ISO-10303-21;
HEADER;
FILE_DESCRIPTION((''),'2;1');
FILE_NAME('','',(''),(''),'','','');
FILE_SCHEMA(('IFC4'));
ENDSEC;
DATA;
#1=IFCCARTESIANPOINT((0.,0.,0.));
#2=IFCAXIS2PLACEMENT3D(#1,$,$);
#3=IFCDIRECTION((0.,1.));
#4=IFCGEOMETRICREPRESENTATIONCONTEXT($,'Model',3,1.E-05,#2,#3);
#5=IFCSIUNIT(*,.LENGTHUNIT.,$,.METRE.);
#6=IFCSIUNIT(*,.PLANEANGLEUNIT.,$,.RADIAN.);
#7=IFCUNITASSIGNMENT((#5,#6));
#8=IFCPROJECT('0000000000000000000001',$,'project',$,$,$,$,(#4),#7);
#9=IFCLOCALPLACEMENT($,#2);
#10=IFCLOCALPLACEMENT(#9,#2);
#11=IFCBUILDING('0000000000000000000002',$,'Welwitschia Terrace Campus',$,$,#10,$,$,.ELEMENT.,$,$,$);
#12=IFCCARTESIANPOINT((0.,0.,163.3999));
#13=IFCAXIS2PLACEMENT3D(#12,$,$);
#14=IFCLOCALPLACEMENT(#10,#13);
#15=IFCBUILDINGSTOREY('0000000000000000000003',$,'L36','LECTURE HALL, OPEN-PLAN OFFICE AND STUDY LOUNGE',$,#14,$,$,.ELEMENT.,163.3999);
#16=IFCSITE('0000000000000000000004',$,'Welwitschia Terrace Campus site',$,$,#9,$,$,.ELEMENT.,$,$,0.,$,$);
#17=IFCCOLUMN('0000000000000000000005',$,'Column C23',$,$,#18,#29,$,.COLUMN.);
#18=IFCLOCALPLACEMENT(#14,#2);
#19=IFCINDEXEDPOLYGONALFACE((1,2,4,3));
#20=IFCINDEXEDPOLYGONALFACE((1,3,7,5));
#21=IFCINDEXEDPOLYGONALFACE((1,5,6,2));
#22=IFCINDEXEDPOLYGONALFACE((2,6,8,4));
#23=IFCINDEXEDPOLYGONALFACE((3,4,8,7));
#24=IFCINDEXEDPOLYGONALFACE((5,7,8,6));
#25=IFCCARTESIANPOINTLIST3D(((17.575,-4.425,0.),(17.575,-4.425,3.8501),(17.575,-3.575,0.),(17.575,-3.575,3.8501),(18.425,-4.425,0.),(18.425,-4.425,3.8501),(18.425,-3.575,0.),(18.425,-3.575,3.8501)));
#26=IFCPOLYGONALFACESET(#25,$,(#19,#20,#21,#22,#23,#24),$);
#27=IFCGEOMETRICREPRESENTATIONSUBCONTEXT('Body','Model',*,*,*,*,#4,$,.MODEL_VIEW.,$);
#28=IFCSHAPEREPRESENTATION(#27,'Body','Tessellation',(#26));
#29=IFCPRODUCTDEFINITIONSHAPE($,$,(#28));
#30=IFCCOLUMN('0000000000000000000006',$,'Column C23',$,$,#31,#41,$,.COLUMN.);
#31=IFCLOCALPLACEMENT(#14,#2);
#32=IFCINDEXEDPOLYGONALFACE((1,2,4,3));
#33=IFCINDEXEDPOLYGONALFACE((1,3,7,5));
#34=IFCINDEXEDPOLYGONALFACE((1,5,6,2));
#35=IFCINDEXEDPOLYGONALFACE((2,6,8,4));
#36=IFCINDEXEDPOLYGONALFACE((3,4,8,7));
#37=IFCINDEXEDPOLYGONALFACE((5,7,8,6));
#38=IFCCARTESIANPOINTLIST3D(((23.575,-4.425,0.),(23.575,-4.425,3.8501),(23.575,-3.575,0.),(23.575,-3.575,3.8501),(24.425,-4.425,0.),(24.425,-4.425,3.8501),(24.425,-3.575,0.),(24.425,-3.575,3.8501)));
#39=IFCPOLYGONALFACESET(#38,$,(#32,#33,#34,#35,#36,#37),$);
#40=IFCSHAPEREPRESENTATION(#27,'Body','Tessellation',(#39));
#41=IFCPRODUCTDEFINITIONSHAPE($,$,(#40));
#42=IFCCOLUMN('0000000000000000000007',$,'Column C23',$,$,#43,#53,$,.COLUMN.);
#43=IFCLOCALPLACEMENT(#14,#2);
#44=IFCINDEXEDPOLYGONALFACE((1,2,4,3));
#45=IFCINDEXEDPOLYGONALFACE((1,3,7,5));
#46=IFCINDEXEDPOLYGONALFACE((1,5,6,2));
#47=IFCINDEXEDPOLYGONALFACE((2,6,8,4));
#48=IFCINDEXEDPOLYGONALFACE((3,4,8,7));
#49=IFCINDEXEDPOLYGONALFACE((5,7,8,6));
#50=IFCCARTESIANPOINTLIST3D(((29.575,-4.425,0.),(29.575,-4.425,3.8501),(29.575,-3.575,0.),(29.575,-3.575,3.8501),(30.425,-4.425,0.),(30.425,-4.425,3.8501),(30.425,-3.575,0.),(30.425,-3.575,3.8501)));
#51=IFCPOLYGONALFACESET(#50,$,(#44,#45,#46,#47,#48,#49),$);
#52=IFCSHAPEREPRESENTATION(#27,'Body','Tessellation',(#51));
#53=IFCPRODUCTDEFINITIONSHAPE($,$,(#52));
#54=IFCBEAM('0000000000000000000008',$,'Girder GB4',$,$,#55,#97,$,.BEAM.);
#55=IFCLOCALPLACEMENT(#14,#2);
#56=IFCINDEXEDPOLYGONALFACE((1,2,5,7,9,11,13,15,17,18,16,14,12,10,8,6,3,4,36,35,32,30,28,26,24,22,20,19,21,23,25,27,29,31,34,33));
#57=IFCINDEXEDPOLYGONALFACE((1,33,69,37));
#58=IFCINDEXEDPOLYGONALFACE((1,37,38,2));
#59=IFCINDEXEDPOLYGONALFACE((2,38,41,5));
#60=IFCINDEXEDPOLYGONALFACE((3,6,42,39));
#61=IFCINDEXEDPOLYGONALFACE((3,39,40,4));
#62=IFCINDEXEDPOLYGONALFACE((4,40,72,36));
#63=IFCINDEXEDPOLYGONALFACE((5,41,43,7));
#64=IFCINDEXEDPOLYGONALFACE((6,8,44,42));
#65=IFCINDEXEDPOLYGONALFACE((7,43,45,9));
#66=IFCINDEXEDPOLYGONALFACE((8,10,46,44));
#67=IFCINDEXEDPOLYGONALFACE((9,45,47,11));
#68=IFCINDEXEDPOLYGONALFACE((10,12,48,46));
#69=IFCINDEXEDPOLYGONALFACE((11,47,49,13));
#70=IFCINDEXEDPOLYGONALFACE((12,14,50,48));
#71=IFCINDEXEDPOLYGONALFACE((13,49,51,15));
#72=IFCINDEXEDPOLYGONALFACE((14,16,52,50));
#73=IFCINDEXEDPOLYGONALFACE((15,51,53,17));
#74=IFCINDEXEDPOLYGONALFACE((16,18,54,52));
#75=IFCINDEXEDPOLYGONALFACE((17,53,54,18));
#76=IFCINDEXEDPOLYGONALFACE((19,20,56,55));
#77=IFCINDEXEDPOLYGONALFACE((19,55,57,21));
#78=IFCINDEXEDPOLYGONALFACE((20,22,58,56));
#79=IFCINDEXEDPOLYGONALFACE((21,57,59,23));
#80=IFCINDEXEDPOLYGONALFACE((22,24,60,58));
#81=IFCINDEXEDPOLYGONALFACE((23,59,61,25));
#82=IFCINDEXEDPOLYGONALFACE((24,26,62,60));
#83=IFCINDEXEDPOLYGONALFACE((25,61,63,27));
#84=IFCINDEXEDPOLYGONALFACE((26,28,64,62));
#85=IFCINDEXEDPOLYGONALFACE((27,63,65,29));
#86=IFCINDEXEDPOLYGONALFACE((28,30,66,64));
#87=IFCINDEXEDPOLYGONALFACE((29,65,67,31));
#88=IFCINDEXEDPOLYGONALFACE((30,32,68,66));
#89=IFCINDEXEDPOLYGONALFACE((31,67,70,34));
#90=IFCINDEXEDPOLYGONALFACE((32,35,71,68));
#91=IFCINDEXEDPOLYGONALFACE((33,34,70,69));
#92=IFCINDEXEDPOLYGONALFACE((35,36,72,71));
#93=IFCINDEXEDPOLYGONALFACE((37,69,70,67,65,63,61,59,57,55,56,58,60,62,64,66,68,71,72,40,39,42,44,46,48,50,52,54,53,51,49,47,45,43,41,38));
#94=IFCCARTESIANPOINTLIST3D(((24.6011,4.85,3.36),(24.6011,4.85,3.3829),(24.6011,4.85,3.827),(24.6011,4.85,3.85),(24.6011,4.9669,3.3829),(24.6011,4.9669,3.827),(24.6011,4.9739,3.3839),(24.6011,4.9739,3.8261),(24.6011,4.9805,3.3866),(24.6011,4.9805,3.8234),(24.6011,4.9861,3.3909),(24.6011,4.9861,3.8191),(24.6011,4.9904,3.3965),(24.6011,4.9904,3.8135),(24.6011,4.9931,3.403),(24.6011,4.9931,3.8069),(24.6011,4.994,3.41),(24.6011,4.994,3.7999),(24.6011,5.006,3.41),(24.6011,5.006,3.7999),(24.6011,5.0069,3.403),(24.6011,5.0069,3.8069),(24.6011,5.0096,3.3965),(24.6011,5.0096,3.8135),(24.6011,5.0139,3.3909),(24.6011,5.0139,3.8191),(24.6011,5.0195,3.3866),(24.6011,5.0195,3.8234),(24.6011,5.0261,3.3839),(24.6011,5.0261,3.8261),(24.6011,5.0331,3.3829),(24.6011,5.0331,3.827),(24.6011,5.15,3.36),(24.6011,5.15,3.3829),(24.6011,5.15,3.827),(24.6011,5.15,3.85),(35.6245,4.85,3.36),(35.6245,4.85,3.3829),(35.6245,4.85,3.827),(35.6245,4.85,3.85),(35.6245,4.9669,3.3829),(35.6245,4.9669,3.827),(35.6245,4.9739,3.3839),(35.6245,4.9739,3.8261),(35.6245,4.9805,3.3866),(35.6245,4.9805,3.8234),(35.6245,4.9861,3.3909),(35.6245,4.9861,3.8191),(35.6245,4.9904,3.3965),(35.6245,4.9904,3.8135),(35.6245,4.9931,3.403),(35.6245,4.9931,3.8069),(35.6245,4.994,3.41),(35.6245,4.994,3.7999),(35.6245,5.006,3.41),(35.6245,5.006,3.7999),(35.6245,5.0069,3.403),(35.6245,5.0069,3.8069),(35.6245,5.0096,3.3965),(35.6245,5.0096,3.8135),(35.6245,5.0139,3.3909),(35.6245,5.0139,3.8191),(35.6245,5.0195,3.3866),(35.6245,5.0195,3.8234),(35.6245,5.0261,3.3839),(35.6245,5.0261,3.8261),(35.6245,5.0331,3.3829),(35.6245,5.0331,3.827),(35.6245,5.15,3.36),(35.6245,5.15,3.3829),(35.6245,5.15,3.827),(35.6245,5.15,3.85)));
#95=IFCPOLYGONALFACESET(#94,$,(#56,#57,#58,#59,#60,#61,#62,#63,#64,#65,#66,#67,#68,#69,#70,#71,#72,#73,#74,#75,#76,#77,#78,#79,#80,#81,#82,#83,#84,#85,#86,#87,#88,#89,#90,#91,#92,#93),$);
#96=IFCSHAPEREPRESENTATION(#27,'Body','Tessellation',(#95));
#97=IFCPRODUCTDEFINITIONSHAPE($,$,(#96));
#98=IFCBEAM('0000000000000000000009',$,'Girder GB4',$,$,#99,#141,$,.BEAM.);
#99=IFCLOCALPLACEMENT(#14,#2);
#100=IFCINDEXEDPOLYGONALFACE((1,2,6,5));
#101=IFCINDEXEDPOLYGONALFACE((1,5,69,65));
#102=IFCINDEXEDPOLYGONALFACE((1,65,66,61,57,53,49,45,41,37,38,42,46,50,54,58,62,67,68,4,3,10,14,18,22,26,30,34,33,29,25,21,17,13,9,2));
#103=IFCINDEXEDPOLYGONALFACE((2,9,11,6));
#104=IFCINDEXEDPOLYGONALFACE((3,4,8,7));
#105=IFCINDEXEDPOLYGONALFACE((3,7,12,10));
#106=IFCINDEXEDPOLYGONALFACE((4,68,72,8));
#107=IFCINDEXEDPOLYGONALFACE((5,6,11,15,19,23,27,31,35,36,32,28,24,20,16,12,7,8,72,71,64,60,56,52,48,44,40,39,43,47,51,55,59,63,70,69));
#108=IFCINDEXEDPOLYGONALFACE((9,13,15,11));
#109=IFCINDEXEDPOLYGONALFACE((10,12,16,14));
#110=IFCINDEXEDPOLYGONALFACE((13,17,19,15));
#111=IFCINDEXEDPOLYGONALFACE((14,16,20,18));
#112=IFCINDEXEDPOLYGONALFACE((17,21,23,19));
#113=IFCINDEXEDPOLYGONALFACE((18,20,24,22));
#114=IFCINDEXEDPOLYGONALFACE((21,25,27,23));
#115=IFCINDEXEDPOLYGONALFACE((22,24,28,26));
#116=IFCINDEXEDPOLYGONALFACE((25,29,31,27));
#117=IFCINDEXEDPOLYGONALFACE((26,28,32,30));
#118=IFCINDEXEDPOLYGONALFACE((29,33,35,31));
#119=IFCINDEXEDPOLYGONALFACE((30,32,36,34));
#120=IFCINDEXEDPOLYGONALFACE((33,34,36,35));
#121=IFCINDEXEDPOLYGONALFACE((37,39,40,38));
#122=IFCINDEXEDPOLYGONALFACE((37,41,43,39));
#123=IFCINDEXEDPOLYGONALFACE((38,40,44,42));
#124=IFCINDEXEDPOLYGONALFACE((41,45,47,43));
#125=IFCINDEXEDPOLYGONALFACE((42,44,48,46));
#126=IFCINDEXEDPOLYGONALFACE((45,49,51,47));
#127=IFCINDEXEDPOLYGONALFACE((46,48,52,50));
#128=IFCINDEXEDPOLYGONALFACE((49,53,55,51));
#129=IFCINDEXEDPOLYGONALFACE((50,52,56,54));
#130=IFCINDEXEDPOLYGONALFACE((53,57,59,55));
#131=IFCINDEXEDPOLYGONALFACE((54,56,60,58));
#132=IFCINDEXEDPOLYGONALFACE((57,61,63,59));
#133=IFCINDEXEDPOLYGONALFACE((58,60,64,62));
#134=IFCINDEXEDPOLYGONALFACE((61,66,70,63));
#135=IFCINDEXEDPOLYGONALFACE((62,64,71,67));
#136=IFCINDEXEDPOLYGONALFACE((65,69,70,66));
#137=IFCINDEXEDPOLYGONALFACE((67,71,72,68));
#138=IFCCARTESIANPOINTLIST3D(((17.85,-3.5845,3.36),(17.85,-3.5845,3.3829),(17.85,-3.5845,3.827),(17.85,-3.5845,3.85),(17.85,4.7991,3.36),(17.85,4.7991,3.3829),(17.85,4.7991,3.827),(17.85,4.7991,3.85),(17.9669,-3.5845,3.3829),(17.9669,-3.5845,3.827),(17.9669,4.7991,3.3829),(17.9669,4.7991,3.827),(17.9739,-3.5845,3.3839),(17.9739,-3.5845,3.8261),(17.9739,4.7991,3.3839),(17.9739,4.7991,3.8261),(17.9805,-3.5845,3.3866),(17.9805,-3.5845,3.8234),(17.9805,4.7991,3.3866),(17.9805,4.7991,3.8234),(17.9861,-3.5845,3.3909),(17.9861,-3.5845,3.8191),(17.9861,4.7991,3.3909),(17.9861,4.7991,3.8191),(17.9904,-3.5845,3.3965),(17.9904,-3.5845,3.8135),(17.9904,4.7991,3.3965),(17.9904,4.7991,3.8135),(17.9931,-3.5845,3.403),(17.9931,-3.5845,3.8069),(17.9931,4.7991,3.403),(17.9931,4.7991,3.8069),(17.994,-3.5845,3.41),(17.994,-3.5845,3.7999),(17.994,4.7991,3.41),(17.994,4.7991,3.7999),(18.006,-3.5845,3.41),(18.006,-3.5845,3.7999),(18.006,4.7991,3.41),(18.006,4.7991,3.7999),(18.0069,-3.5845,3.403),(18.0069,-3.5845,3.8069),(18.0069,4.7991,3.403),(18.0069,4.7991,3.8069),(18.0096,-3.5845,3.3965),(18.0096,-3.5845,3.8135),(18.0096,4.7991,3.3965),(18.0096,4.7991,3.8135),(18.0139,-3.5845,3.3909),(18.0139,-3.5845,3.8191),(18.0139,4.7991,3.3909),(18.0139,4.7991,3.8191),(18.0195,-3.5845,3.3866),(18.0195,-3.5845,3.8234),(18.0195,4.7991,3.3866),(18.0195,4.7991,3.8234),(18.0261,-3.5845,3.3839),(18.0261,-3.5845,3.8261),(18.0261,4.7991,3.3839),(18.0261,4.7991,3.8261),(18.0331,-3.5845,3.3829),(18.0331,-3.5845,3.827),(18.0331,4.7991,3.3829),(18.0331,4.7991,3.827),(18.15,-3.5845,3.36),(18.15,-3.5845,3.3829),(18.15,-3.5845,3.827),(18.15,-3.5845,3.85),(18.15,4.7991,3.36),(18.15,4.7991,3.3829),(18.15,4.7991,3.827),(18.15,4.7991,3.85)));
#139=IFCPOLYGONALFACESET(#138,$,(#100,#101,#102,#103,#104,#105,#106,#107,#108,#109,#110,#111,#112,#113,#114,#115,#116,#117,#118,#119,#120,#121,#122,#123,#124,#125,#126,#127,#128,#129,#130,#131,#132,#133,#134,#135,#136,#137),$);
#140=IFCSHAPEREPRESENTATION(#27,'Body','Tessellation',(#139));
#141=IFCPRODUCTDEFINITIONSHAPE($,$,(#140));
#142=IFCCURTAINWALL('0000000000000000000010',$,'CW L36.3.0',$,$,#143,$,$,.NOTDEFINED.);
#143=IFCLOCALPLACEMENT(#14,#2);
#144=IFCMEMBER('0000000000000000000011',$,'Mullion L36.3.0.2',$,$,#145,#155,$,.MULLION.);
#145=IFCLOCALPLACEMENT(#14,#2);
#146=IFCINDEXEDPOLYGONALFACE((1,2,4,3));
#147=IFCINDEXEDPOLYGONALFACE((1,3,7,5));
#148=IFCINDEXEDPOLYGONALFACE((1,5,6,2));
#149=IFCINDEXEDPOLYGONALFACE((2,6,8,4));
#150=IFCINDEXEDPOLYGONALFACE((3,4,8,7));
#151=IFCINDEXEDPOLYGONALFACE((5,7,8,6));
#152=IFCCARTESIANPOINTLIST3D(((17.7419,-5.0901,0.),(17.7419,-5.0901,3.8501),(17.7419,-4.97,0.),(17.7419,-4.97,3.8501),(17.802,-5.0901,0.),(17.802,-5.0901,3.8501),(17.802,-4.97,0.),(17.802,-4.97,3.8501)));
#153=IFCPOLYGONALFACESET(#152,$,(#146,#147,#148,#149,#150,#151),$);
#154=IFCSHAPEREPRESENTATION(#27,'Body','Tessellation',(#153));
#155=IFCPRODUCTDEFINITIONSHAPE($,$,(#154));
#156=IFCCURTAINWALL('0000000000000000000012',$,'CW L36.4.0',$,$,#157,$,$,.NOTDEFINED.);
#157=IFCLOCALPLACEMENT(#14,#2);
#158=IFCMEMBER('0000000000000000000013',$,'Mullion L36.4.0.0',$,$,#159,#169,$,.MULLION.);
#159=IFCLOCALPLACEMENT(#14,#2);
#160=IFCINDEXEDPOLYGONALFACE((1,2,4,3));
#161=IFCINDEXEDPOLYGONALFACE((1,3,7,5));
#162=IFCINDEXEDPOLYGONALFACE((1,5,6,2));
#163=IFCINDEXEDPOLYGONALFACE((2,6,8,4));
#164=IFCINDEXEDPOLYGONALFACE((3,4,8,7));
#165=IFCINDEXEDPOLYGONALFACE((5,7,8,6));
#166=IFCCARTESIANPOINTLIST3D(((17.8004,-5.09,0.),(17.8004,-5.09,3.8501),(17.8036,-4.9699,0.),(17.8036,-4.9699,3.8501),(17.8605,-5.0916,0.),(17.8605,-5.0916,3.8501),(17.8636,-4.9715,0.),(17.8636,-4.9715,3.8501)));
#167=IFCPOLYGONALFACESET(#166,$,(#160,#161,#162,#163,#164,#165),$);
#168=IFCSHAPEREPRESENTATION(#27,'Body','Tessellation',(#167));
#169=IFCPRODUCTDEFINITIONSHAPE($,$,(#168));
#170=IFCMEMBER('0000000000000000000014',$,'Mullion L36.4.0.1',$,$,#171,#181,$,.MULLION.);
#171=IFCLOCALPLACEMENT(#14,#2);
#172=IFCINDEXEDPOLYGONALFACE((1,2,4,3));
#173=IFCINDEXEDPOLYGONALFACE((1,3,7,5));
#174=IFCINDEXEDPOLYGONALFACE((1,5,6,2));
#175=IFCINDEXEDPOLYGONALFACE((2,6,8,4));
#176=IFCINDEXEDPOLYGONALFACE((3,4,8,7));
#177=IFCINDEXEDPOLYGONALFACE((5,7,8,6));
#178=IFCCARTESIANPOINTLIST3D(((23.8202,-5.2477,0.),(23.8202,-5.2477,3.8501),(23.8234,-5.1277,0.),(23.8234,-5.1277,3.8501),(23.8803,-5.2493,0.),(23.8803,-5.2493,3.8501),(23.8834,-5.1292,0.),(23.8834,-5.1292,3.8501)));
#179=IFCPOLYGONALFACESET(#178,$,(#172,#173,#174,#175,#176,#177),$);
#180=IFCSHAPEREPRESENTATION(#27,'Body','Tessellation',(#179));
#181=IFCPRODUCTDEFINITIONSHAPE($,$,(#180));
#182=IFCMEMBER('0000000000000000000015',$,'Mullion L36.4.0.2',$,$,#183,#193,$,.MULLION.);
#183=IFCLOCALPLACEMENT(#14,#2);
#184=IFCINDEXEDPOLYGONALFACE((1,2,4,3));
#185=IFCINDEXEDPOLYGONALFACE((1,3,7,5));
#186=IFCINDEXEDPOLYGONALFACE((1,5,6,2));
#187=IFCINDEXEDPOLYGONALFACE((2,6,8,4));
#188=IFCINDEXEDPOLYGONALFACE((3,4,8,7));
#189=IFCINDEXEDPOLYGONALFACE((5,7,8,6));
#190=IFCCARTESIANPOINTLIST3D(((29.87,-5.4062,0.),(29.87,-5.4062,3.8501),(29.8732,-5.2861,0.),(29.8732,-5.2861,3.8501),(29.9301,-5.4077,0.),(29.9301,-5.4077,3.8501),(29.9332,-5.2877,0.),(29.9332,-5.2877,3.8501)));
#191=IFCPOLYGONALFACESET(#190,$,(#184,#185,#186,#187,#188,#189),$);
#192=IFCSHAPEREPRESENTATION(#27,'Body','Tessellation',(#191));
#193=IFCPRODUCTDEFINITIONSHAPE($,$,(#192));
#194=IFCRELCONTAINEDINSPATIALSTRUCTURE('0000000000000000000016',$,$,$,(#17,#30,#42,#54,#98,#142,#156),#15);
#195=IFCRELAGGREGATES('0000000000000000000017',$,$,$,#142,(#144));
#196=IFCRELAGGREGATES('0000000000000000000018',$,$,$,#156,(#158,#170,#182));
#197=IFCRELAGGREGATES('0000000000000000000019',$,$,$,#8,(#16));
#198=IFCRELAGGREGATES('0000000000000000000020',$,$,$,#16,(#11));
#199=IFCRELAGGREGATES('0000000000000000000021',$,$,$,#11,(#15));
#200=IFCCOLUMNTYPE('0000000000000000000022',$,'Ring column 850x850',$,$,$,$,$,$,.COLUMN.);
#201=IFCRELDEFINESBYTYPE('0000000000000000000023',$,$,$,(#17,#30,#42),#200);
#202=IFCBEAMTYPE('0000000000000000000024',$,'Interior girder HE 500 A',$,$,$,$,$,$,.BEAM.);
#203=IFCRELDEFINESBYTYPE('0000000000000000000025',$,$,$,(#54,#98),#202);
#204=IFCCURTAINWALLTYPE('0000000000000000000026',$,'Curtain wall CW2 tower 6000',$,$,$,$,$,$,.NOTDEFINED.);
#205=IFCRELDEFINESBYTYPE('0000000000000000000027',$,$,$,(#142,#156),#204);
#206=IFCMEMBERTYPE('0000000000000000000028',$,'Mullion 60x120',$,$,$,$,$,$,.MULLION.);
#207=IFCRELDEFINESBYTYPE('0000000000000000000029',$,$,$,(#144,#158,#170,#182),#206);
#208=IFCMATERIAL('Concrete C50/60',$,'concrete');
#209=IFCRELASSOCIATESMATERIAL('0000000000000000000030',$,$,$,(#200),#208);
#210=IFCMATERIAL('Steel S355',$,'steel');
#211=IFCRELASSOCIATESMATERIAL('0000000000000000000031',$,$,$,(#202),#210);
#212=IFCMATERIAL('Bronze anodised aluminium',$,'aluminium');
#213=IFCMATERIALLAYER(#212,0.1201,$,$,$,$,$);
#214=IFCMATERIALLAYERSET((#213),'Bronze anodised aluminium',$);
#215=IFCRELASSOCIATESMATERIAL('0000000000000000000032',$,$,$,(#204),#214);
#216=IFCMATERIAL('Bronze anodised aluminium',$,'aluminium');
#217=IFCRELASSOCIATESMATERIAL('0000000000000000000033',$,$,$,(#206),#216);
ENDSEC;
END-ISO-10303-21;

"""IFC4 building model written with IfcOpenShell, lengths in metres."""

from ifc_helpers import new_model, si_unit, direction, frame, origin, origin_2d, place, context, subcontext, project, spatial, rectangle, i_section, extrude, material, layer, layer_set, material_profile, profile_set, type_object, element, aggregate, save


model = new_model("IFC4")

# Units and contexts
model_context = context("Model", 3, precision=1e-05, world=origin(), true_north=direction((0.0, 1.0)))
body_context = subcontext(model_context, "Body", "Model", "MODEL_VIEW")
ifc_project = project(units=[si_unit("LENGTHUNIT", "METRE"), si_unit("PLANEANGLEUNIT", "RADIAN")], contexts=[model_context])

# Site, building, storey
site_placement = place(None, origin())
site = spatial("IfcSite", under=ifc_project, at=site_placement, Name="Welwitschia Terrace Campus site", CompositionType="ELEMENT", RefElevation=0.0)
building_placement = place(site_placement, origin())
building = spatial("IfcBuilding", under=site, at=building_placement, Name="Welwitschia Terrace Campus", CompositionType="ELEMENT")
storey_placement = place(building_placement, frame((0.0, 0.0, 163.3999)))
storey = spatial("IfcBuildingStorey", under=building, at=storey_placement, Name="L36", Description="LECTURE HALL, OPEN-PLAN OFFICE AND STUDY LOUNGE", CompositionType="ELEMENT", Elevation=163.3999)

# Columns
ifc_material_1 = material(Name="Concrete C50/60", Category="concrete")
ifc_material_profile_1 = material_profile(ifc_material_1, rectangle(XDim=0.8501, YDim=0.8501, at=origin_2d()))
ifc_profile_set_1 = profile_set([ifc_material_profile_1], Name="Concrete C50/60")
column_type = type_object("IfcColumnType", Name="Ring column 850x850", PredefinedType="COLUMN", material=ifc_profile_set_1)
for number, where, z_axis, x_axis, name in (
    (1, (18.0, -4.0, 0.0), (0.0, 0.0, 1.0), (1.0, 0.0, 0.0), "Column C23"),
    (2, (24.0, -4.0, 0.0), (0.0, 0.0, 1.0), (1.0, 0.0, 0.0), "Column C23"),
    (3, (30.0, -4.0, 0.0), (0.0, 0.0, 1.0), (1.0, 0.0, 0.0), "Column C23"),
):
    element("IfcColumn", number, at=place(storey_placement, frame(where, z_axis=z_axis, x_axis=x_axis)), inside=storey, type_object=column_type, Name=name, PredefinedType="COLUMN", context=body_context, shape_type="SweptSolid", body=[
        extrude(rectangle(XDim=0.8501, YDim=0.8501, at=origin_2d()), origin(), (0.0, 0.0, 1.0), 3.8501),
    ])

# Beams
ifc_material_2 = material(Name="Steel S355", Category="steel")
ifc_material_profile_2 = material_profile(ifc_material_2, i_section(OverallWidth=0.3, OverallDepth=0.49, WebThickness=0.012, FlangeThickness=0.0229, FilletRadius=0.0271, at=origin_2d()))
ifc_profile_set_2 = profile_set([ifc_material_profile_2], Name="Steel S355")
beam_type_1 = type_object("IfcBeamType", Name="Interior girder HE 500 A", PredefinedType="BEAM", material=ifc_profile_set_2)
beam_1_placement = place(storey_placement, frame((24.6011, 5.0, 3.605), z_axis=(1.0, 0.0, 0.0), x_axis=(0.0, 1.0, 0.0)))
element("IfcBeam", 4, at=beam_1_placement, inside=storey, type_object=beam_type_1, Name="Girder GB4", PredefinedType="BEAM", context=body_context, shape_type="SweptSolid", body=[
    extrude(i_section(OverallWidth=0.3, OverallDepth=0.49, WebThickness=0.012, FlangeThickness=0.0229, FilletRadius=0.0271, at=origin_2d()), origin(), (0.0, 0.0, 1.0), 11.0234),
])
beam_2_placement = place(storey_placement, frame((18.0, -3.5845, 3.605), z_axis=(0.0, 1.0, 0.0), x_axis=(-1.0, 0.0, 0.0)))
element("IfcBeam", 5, at=beam_2_placement, inside=storey, type_object=beam_type_1, Name="Girder GB4", PredefinedType="BEAM", context=body_context, shape_type="SweptSolid", body=[
    extrude(i_section(OverallWidth=0.3, OverallDepth=0.49, WebThickness=0.012, FlangeThickness=0.0229, FilletRadius=0.0271, at=origin_2d()), origin(), (0.0, 0.0, 1.0), 8.3835),
])

# Curtain wall, member
ifc_material_3 = material(Name="Bronze anodised aluminium", Category="aluminium")
ifc_layer_1 = layer(ifc_material_3, 0.1201)
ifc_layer_set_1 = layer_set([ifc_layer_1], Name="Bronze anodised aluminium")
curtain_wall_type = type_object("IfcCurtainWallType", Name="Curtain wall CW2 tower 6000", PredefinedType="NOTDEFINED", material=ifc_layer_set_1)
curtain_wall_1_placement = place(storey_placement, origin())
curtain_wall_1 = element("IfcCurtainWall", 6, at=curtain_wall_1_placement, inside=storey, type_object=curtain_wall_type, Name="CW L36.3.0", PredefinedType="NOTDEFINED")
ifc_material_4 = material(Name="Bronze anodised aluminium", Category="aluminium")
ifc_material_profile_3 = material_profile(ifc_material_4, rectangle(XDim=0.1201, YDim=0.0601, at=origin_2d()))
ifc_profile_set_3 = profile_set([ifc_material_profile_3], Name="Bronze anodised aluminium")
member_type_1 = type_object("IfcMemberType", Name="Mullion 60x120", PredefinedType="MULLION", material=ifc_profile_set_3)
member_1_placement = place(storey_placement, frame((17.772, -5.03, 0.0), z_axis=(0.0, 0.0, 1.0), x_axis=(0.0, 1.0, 0.0)))
member_1 = element("IfcMember", 7, at=member_1_placement, type_object=member_type_1, Name="Mullion L36.3.0.2", PredefinedType="MULLION", context=body_context, shape_type="SweptSolid", body=[
    extrude(rectangle(XDim=0.1201, YDim=0.0601, at=origin_2d()), origin(), (0.0, 0.0, 1.0), 3.8501),
])
aggregate(curtain_wall_1, [member_1])

# Curtain wall, members
curtain_wall_2_placement = place(storey_placement, origin())
curtain_wall_2 = element("IfcCurtainWall", 8, at=curtain_wall_2_placement, inside=storey, type_object=curtain_wall_type, Name="CW L36.4.0", PredefinedType="NOTDEFINED")
member_2_placement = place(storey_placement, frame((17.832, -5.0308, 0.0), z_axis=(0.0, 0.0, 1.0), x_axis=(0.026177, 0.999657, 0.0)))
member_2 = element("IfcMember", 9, at=member_2_placement, type_object=member_type_1, Name="Mullion L36.4.0.0", PredefinedType="MULLION", context=body_context, shape_type="SweptSolid", body=[
    extrude(rectangle(XDim=0.1201, YDim=0.0601, at=origin_2d()), origin(), (0.0, 0.0, 1.0), 3.8501),
])
member_3_placement = place(storey_placement, frame((23.8518, -5.1885, 0.0), z_axis=(0.0, 0.0, 1.0), x_axis=(0.026177, 0.999657, 0.0)))
member_3 = element("IfcMember", 10, at=member_3_placement, type_object=member_type_1, Name="Mullion L36.4.0.1", PredefinedType="MULLION", context=body_context, shape_type="SweptSolid", body=[
    extrude(rectangle(XDim=0.1201, YDim=0.0601, at=origin_2d()), origin(), (0.0, 0.0, 1.0), 3.8501),
])
member_4_placement = place(storey_placement, frame((29.9016, -5.3469, 0.0), z_axis=(0.0, 0.0, 1.0), x_axis=(0.026177, 0.999657, 0.0)))
member_4 = element("IfcMember", 11, at=member_4_placement, type_object=member_type_1, Name="Mullion L36.4.0.2", PredefinedType="MULLION", context=body_context, shape_type="SweptSolid", body=[
    extrude(rectangle(XDim=0.1201, YDim=0.0601, at=origin_2d()), origin(), (0.0, 0.0, 1.0), 3.8501),
])

aggregate(curtain_wall_2, [member_2, member_3, member_4])

save(model, "model.ifc")
